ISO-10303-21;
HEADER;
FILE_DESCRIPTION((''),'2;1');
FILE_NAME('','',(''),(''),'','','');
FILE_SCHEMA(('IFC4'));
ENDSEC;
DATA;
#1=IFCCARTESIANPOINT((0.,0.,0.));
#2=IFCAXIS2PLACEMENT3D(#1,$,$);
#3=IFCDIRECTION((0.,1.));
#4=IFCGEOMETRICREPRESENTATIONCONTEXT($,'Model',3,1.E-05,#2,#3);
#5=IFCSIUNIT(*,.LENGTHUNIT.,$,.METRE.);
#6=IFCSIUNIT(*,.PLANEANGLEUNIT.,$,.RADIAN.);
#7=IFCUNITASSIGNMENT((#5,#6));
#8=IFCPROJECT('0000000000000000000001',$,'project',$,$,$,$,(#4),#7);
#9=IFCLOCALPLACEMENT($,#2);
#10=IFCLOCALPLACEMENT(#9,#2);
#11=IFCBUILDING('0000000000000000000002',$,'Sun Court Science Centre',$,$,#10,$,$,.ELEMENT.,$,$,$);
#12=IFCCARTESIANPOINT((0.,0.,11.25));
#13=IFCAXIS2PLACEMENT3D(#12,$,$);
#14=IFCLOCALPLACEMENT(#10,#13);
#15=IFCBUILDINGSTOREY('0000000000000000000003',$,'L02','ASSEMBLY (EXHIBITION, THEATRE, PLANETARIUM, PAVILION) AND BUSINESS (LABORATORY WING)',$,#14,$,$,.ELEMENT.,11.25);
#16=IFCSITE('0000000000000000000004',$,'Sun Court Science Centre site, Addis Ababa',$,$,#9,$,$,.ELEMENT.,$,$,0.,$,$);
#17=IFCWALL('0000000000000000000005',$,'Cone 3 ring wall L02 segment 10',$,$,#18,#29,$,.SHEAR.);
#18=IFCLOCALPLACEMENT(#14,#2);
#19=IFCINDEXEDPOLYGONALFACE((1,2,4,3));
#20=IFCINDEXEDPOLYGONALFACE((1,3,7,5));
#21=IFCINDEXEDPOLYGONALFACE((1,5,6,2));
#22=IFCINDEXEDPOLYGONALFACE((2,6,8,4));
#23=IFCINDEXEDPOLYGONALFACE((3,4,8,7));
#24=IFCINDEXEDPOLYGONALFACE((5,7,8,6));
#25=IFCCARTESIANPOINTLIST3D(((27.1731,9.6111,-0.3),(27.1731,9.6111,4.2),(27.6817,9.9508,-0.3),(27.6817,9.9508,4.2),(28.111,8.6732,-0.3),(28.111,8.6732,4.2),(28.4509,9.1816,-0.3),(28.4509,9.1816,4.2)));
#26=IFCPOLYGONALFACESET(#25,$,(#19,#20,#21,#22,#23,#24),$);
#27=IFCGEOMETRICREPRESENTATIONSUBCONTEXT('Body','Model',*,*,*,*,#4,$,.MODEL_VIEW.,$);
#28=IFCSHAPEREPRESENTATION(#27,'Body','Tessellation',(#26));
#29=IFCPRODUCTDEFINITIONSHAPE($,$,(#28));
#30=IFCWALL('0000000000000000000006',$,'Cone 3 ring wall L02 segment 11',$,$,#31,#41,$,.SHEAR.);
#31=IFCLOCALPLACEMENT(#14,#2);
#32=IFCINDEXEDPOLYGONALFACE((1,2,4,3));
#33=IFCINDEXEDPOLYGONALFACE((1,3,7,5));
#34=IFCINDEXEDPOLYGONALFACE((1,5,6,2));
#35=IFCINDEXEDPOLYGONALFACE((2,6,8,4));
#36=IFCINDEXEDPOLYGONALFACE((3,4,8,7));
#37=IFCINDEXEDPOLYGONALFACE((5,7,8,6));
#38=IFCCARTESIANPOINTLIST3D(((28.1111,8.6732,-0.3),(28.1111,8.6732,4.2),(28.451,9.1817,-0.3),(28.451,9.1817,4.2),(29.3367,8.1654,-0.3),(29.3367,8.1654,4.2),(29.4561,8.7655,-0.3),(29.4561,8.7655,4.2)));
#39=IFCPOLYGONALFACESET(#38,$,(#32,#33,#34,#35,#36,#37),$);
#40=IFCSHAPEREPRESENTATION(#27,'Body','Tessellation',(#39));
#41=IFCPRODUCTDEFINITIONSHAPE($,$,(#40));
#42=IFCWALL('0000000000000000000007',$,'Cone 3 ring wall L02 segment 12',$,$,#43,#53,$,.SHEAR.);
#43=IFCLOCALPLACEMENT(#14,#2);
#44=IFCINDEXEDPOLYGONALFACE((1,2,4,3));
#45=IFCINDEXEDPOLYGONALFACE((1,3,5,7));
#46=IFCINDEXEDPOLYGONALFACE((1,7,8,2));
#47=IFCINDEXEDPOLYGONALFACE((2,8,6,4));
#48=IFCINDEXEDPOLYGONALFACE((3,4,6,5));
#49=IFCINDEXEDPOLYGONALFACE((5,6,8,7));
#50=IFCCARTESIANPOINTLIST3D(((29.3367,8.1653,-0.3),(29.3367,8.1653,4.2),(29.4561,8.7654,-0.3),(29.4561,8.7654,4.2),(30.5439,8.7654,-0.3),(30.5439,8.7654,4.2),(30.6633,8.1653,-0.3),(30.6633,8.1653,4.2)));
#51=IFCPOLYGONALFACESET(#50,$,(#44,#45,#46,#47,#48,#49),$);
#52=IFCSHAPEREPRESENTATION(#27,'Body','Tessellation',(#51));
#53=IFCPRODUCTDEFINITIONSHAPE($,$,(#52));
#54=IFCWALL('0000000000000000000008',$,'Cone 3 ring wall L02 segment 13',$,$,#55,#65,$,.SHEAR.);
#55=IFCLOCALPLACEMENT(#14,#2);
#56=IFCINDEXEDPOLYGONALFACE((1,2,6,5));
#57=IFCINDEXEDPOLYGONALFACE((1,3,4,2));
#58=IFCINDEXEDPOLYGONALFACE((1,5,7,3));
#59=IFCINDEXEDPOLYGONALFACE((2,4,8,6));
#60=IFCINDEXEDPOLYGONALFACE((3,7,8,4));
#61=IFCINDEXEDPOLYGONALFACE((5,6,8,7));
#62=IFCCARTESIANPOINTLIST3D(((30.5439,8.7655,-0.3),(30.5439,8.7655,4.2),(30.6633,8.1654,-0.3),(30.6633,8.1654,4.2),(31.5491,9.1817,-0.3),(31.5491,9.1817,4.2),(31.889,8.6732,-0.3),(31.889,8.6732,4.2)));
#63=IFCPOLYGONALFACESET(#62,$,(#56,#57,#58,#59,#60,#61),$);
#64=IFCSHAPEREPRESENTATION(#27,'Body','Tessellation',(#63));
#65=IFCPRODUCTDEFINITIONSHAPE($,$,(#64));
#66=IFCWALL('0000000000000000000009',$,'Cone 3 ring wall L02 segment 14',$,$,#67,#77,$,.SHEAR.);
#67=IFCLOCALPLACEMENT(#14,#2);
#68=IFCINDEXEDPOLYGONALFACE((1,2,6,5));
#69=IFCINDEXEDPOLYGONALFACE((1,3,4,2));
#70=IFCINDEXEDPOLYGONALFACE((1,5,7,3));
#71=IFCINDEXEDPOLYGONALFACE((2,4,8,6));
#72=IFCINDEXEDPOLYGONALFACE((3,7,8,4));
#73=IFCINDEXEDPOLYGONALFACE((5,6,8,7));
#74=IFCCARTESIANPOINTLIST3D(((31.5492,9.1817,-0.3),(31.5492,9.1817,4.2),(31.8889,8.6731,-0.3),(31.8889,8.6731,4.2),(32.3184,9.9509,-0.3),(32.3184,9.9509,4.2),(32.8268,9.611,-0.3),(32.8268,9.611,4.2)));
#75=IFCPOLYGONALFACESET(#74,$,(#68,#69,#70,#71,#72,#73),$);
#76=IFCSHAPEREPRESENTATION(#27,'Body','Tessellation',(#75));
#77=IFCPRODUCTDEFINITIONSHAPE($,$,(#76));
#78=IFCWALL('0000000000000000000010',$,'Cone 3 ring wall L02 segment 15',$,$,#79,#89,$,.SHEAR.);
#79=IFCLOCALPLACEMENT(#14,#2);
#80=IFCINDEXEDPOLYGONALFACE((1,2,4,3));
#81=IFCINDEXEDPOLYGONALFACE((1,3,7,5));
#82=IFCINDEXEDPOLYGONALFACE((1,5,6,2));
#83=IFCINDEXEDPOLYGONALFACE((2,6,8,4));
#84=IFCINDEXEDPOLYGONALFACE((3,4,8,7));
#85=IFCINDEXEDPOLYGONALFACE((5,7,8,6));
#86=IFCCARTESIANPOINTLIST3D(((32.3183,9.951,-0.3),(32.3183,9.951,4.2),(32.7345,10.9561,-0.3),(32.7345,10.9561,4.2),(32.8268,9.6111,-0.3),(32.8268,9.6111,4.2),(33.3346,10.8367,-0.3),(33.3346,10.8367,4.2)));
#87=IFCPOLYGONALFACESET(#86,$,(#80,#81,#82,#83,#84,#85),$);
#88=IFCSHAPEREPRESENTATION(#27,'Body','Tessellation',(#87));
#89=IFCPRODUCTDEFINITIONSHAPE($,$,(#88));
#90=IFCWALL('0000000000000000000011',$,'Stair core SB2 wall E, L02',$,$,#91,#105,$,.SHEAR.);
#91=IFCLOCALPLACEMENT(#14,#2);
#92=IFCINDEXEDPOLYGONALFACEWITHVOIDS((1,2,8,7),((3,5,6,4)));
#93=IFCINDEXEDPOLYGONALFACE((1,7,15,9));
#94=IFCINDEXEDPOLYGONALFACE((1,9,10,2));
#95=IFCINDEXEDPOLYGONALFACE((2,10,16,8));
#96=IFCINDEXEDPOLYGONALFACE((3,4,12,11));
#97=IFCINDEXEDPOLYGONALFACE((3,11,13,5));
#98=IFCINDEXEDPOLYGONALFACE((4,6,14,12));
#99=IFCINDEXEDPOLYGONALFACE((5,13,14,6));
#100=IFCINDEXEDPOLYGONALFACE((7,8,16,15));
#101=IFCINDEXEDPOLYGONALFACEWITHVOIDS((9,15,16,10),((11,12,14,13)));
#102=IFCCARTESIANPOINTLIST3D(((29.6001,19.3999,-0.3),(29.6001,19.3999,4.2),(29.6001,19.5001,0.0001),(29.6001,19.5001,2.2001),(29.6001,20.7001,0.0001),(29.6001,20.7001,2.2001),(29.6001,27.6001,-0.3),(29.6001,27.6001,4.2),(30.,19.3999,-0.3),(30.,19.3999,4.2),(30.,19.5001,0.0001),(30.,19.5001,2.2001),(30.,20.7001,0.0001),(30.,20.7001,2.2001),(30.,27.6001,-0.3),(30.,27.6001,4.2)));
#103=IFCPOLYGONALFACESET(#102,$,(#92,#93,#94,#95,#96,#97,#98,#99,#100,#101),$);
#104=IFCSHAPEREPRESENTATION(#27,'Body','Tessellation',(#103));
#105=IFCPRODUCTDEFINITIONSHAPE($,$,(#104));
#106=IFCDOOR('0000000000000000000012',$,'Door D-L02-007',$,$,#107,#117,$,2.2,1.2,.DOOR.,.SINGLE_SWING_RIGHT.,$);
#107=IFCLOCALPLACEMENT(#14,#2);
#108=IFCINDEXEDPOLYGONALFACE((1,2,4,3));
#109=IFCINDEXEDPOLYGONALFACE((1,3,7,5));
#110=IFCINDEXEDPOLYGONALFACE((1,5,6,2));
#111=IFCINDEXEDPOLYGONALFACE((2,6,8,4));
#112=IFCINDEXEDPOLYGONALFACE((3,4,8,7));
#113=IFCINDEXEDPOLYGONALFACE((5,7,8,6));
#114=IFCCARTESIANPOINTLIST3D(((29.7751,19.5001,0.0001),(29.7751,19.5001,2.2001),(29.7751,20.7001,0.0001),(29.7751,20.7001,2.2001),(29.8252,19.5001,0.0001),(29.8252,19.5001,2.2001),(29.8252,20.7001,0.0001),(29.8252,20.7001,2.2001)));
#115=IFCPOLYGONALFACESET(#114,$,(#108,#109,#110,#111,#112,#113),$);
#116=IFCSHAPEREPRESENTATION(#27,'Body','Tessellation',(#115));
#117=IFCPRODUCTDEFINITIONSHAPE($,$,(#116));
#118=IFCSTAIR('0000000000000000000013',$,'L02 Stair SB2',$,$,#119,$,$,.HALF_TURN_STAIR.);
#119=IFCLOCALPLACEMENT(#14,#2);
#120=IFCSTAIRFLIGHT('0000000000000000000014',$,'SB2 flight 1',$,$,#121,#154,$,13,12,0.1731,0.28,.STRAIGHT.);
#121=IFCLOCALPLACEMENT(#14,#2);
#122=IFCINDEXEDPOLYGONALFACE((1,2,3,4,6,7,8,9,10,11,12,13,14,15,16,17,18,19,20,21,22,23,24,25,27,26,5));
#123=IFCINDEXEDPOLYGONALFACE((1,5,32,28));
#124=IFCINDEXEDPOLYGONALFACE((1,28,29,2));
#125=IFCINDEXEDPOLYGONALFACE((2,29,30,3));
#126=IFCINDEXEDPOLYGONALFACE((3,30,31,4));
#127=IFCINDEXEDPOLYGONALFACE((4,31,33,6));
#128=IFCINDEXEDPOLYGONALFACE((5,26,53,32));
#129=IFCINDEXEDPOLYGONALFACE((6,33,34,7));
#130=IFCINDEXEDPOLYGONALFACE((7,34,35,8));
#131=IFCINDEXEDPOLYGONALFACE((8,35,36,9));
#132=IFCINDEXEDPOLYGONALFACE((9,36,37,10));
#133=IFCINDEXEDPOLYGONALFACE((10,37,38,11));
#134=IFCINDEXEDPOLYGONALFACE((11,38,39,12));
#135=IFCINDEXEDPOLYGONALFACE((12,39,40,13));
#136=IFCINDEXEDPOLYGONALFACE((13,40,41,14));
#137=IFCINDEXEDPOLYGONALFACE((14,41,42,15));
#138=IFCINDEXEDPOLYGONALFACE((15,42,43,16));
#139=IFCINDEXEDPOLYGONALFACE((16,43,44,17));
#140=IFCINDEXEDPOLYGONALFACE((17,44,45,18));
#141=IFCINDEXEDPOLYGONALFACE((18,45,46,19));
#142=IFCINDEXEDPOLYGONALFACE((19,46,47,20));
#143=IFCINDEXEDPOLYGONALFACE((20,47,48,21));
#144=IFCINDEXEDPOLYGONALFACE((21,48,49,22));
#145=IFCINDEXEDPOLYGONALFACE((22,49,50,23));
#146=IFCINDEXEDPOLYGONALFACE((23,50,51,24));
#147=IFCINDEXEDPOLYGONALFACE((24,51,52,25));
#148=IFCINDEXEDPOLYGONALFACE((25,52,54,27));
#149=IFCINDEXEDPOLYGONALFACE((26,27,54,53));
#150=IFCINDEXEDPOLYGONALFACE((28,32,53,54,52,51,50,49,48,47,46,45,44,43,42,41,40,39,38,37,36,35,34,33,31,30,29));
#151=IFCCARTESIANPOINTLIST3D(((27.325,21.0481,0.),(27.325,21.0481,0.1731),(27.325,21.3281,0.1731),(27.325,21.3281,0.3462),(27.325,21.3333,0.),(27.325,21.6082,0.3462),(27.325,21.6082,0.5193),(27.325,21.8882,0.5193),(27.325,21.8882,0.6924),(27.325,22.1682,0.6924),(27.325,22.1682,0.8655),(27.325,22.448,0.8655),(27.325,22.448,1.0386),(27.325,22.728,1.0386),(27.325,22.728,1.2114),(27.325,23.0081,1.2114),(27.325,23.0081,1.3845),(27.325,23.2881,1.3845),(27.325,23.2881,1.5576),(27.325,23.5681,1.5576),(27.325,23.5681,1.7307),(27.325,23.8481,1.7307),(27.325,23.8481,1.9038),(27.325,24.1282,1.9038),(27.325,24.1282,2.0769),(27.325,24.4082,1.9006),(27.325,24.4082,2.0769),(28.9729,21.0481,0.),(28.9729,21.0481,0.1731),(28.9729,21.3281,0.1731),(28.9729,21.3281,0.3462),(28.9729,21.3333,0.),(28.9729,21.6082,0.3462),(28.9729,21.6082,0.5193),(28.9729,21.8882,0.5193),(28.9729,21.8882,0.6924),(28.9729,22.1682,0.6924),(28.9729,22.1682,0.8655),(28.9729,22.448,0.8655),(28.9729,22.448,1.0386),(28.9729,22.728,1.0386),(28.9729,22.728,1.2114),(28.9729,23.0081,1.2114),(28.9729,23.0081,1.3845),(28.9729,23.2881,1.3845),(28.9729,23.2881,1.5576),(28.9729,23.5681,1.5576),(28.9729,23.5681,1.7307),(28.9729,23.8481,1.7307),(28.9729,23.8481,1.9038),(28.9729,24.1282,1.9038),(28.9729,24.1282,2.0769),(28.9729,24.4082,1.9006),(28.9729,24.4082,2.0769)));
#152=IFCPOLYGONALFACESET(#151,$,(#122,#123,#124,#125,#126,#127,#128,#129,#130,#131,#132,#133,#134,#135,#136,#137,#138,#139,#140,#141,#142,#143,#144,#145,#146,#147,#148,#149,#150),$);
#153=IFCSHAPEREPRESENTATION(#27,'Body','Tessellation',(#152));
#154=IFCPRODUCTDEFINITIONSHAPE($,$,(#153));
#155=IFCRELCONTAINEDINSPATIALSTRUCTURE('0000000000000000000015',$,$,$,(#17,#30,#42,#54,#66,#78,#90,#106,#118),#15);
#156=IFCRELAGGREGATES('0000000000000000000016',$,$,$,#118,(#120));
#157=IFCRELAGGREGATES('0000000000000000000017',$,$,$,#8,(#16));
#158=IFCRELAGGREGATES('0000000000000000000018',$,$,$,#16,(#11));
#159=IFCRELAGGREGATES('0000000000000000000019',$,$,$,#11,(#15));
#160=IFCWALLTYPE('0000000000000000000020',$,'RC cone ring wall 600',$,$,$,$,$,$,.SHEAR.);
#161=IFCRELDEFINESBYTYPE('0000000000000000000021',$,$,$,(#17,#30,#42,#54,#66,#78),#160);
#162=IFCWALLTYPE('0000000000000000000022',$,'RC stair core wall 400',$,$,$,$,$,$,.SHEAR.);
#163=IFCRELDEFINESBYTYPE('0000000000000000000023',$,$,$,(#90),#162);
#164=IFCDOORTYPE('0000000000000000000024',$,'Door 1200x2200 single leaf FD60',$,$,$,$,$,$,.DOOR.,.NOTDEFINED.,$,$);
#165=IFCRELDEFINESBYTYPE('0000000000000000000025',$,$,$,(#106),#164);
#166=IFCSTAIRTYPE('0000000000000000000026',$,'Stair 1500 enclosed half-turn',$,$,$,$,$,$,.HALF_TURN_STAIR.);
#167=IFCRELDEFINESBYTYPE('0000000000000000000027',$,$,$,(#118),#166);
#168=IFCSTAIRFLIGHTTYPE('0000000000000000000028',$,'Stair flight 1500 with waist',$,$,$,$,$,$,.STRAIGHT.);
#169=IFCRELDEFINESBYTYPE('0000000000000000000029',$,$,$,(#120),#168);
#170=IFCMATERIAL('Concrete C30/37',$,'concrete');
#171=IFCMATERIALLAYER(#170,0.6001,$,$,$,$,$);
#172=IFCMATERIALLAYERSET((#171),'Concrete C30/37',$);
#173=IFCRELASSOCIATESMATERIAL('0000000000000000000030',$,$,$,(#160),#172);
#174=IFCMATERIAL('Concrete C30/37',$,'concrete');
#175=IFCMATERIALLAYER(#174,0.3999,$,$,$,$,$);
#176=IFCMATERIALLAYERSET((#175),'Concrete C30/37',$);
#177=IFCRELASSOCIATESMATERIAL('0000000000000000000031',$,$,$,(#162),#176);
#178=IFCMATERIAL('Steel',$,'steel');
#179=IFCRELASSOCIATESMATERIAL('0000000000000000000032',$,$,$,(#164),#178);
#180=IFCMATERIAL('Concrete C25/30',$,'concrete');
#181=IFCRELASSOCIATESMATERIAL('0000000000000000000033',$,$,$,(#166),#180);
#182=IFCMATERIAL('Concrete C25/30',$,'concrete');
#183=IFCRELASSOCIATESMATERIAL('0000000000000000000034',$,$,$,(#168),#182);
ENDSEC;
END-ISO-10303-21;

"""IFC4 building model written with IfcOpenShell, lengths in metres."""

from ifc_helpers import new_model, si_unit, direction, frame, frame_2d, origin, place, context, subcontext, project, spatial, polyline, rectangle, outline, extrude, material, layer, layer_set, type_object, element, fill, aggregate, save


model = new_model("IFC4")

# Units and contexts
model_context = context("Model", 3, precision=1e-05, world=origin(), true_north=direction((0.0, 1.0)))
body_context = subcontext(model_context, "Body", "Model", "MODEL_VIEW")
ifc_project = project(units=[si_unit("LENGTHUNIT", "METRE"), si_unit("PLANEANGLEUNIT", "RADIAN")], contexts=[model_context])

# Site, building, storey
site_placement = place(None, origin())
site = spatial("IfcSite", under=ifc_project, at=site_placement, Name="Sun Court Science Centre site, Addis Ababa", CompositionType="ELEMENT", RefElevation=0.0)
building_placement = place(site_placement, origin())
building = spatial("IfcBuilding", under=site, at=building_placement, Name="Sun Court Science Centre", CompositionType="ELEMENT")
storey_placement = place(building_placement, frame((0.0, 0.0, 11.25)))
storey = spatial("IfcBuildingStorey", under=building, at=storey_placement, Name="L02", Description="ASSEMBLY (EXHIBITION, THEATRE, PLANETARIUM, PAVILION) AND BUSINESS (LABORATORY WING)", CompositionType="ELEMENT", Elevation=11.25)

# Walls
ifc_material_1 = material(Name="Concrete C30/37", Category="concrete")
ifc_layer_1 = layer(ifc_material_1, 0.6001)
ifc_layer_set_1 = layer_set([ifc_layer_1], Name="Concrete C30/37")
wall_type_1 = type_object("IfcWallType", Name="RC cone ring wall 600", PredefinedType="SHEAR", material=ifc_layer_set_1)
wall_1_placement = place(storey_placement, frame((27.3853, 9.8232, -0.3), z_axis=(0.0, 0.0, 1.0), x_axis=(0.707107, -0.707107, 0.0)))
element("IfcWall", 1, at=wall_1_placement, inside=storey, type_object=wall_type_1, Name="Cone 3 ring wall L02 segment 10", PredefinedType="SHEAR", context=body_context, shape_type="SweptSolid", body=[
    extrude(outline(polyline([(0.0, -0.3), (1.3264, -0.3), (1.2073, 0.2998), (0.1194, 0.2998), (0.0, -0.3)])), origin(), (0.0, 0.0, 1.0), 4.5),
])
wall_2_placement = place(storey_placement, frame((28.2258, 8.9502, -0.3), z_axis=(0.0, 0.0, 1.0), x_axis=(0.923837, -0.382785, 0.0)))
element("IfcWall", 2, at=wall_2_placement, inside=storey, type_object=wall_type_1, Name="Cone 3 ring wall L02 segment 11", PredefinedType="SHEAR", context=body_context, shape_type="SweptSolid", body=[
    extrude(outline(polyline([(0.0, -0.2998), (1.3267, -0.2998), (1.2073, 0.3003), (0.1194, 0.3), (0.0, -0.2998)])), origin(), (0.0, 0.0, 1.0), 4.5),
])
wall_3_placement = place(storey_placement, frame((29.3367, 8.4653, -0.3), z_axis=(0.0, 0.0, 1.0), x_axis=(1.0, 0.0, 0.0)))
element("IfcWall", 3, at=wall_3_placement, inside=storey, type_object=wall_type_1, Name="Cone 3 ring wall L02 segment 12", PredefinedType="SHEAR", context=body_context, shape_type="SweptSolid", body=[
    extrude(outline(polyline([(0.0, -0.3), (1.3267, -0.3), (1.2073, 0.3), (0.1194, 0.3), (0.0, -0.3)])), origin(), (0.0, 0.0, 1.0), 4.5),
])
wall_4_placement = place(storey_placement, frame((30.5486, 8.4424, -0.3), z_axis=(0.0, 0.0, 1.0), x_axis=(0.923837, 0.382785, 0.0)))
element("IfcWall", 4, at=wall_4_placement, inside=storey, type_object=wall_type_1, Name="Cone 3 ring wall L02 segment 13", PredefinedType="SHEAR", context=body_context, shape_type="SweptSolid", body=[
    extrude(outline(polyline([(0.0, -0.2998), (1.3267, -0.2998), (1.2073, 0.3), (0.1194, 0.3003), (0.0, -0.2998)])), origin(), (0.0, 0.0, 1.0), 4.5),
])
wall_5_placement = place(storey_placement, frame((31.6768, 8.8853, -0.3), z_axis=(0.0, 0.0, 1.0), x_axis=(0.707107, 0.707107, 0.0)))
element("IfcWall", 5, at=wall_5_placement, inside=storey, type_object=wall_type_1, Name="Cone 3 ring wall L02 segment 14", PredefinedType="SHEAR", context=body_context, shape_type="SweptSolid", body=[
    extrude(outline(polyline([(0.0, -0.3), (1.3264, -0.3), (1.2073, 0.2998), (0.1194, 0.2998), (0.0, -0.3)])), origin(), (0.0, 0.0, 1.0), 4.5),
])
wall_6_placement = place(storey_placement, frame((32.5498, 9.7258, -0.3), z_axis=(0.0, 0.0, 1.0), x_axis=(0.382785, 0.923837, 0.0)))
element("IfcWall", 6, at=wall_6_placement, inside=storey, type_object=wall_type_1, Name="Cone 3 ring wall L02 segment 15", PredefinedType="SHEAR", context=body_context, shape_type="SweptSolid", body=[
    extrude(outline(polyline([(0.0, -0.2998), (1.3267, -0.2998), (1.2073, 0.3003), (0.1194, 0.3), (0.0, -0.2998)])), origin(), (0.0, 0.0, 1.0), 4.5),
])

# Wall, opening, door
ifc_material_2 = material(Name="Concrete C30/37", Category="concrete")
ifc_layer_2 = layer(ifc_material_2, 0.3999)
ifc_layer_set_2 = layer_set([ifc_layer_2], Name="Concrete C30/37")
wall_type_2 = type_object("IfcWallType", Name="RC stair core wall 400", PredefinedType="SHEAR", material=ifc_layer_set_2)
wall_7_placement = place(storey_placement, frame((29.8, 19.3999, -0.3), z_axis=(0.0, 0.0, 1.0), x_axis=(0.0, 1.0, 0.0)))
wall_7 = element("IfcWall", 7, at=wall_7_placement, inside=storey, type_object=wall_type_2, Name="Stair core SB2 wall E, L02", PredefinedType="SHEAR", context=body_context, shape_type="SweptSolid", body=[
    extrude(rectangle(XDim=8.2002, YDim=0.3999, at=frame_2d((4.1001, 0.0))), origin(), (0.0, 0.0, 1.0), 4.5),
])
opening_placement = place(wall_7_placement, frame((0.1001, 0.0, 0.3)))
opening = element("IfcOpeningElement", 8, at=opening_placement, cuts=wall_7, PredefinedType="OPENING", context=body_context, shape_type="SweptSolid", body=[
    extrude(rectangle(XDim=1.2, YDim=2.2, at=frame_2d((0.6001, 1.1001))), frame((0.0, 0.21, 0.0), z_axis=(0.0, -1.0, 0.0), x_axis=(1.0, 0.0, 0.0)), (0.0, 0.0, 1.0), 0.4199),
])
ifc_material_3 = material(Name="Steel", Category="steel")
door_type = type_object("IfcDoorType", Name="Door 1200x2200 single leaf FD60", OperationType="NOTDEFINED", PredefinedType="DOOR", material=ifc_material_3)
door_placement = place(opening_placement, origin())
door = element("IfcDoor", 9, at=door_placement, inside=storey, type_object=door_type, Name="Door D-L02-007", OperationType="SINGLE_SWING_RIGHT", OverallHeight=2.2, OverallWidth=1.2, PredefinedType="DOOR", context=body_context, shape_type="SweptSolid", body=[
    extrude(rectangle(XDim=1.2, YDim=2.2, at=frame_2d((0.6001, 1.1001))), frame((0.0, 0.0249, 0.0), z_axis=(0.0, -1.0, 0.0), x_axis=(1.0, 0.0, 0.0)), (0.0, 0.0, 1.0), 0.05),
])
fill(opening, door)

# Stair, stair flight
ifc_material_4 = material(Name="Concrete C25/30", Category="concrete")
stair_type = type_object("IfcStairType", Name="Stair 1500 enclosed half-turn", PredefinedType="HALF_TURN_STAIR", material=ifc_material_4)
stair_placement = place(storey_placement, origin())
stair = element("IfcStair", 10, at=stair_placement, inside=storey, type_object=stair_type, Name="L02 Stair SB2", PredefinedType="HALF_TURN_STAIR")
ifc_material_5 = material(Name="Concrete C25/30", Category="concrete")
stair_flight_type = type_object("IfcStairFlightType", Name="Stair flight 1500 with waist", PredefinedType="STRAIGHT", material=ifc_material_5)
stair_flight_placement = place(storey_placement, frame((28.1489, 21.0481, 0.0), z_axis=(0.0, 0.0, 1.0), x_axis=(0.0, 1.0, 0.0)))
stair_flight = element("IfcStairFlight", 11, at=stair_flight_placement, type_object=stair_flight_type, Name="SB2 flight 1", NumberOfRisers=13, NumberOfTreads=12, PredefinedType="STRAIGHT", RiserHeight=0.1731, TreadLength=0.28, context=body_context, shape_type="SweptSolid", body=[
    extrude(outline(polyline([(0.0, 0.0), (0.0, 0.1731), (0.28, 0.1731), (0.28, 0.3462), (0.5601, 0.3462), (0.5601, 0.5193), (0.8401, 0.5193), (0.8401, 0.6924), (1.1201, 0.6924), (1.1201, 0.8655), (1.3999, 0.8655), (1.3999, 1.0386), (1.6799, 1.0386), (1.6799, 1.2114), (1.96, 1.2114), (1.96, 1.3845), (2.24, 1.3845), (2.24, 1.5576), (2.52, 1.5576), (2.52, 1.7307), (2.8, 1.7307), (2.8, 1.9038), (3.0801, 1.9038), (3.0801, 2.0769), (3.3601, 2.0769), (3.3601, 2.25), (3.3601, 1.9006), (0.2852, 0.0), (0.0, 0.0)])), frame((0.0, 0.824, 0.0), z_axis=(0.0, -1.0, 0.0), x_axis=(1.0, 0.0, 0.0)), (0.0, 0.0, 1.0), 1.6479),
])
aggregate(stair, [stair_flight])

save(model, "model.ifc")
